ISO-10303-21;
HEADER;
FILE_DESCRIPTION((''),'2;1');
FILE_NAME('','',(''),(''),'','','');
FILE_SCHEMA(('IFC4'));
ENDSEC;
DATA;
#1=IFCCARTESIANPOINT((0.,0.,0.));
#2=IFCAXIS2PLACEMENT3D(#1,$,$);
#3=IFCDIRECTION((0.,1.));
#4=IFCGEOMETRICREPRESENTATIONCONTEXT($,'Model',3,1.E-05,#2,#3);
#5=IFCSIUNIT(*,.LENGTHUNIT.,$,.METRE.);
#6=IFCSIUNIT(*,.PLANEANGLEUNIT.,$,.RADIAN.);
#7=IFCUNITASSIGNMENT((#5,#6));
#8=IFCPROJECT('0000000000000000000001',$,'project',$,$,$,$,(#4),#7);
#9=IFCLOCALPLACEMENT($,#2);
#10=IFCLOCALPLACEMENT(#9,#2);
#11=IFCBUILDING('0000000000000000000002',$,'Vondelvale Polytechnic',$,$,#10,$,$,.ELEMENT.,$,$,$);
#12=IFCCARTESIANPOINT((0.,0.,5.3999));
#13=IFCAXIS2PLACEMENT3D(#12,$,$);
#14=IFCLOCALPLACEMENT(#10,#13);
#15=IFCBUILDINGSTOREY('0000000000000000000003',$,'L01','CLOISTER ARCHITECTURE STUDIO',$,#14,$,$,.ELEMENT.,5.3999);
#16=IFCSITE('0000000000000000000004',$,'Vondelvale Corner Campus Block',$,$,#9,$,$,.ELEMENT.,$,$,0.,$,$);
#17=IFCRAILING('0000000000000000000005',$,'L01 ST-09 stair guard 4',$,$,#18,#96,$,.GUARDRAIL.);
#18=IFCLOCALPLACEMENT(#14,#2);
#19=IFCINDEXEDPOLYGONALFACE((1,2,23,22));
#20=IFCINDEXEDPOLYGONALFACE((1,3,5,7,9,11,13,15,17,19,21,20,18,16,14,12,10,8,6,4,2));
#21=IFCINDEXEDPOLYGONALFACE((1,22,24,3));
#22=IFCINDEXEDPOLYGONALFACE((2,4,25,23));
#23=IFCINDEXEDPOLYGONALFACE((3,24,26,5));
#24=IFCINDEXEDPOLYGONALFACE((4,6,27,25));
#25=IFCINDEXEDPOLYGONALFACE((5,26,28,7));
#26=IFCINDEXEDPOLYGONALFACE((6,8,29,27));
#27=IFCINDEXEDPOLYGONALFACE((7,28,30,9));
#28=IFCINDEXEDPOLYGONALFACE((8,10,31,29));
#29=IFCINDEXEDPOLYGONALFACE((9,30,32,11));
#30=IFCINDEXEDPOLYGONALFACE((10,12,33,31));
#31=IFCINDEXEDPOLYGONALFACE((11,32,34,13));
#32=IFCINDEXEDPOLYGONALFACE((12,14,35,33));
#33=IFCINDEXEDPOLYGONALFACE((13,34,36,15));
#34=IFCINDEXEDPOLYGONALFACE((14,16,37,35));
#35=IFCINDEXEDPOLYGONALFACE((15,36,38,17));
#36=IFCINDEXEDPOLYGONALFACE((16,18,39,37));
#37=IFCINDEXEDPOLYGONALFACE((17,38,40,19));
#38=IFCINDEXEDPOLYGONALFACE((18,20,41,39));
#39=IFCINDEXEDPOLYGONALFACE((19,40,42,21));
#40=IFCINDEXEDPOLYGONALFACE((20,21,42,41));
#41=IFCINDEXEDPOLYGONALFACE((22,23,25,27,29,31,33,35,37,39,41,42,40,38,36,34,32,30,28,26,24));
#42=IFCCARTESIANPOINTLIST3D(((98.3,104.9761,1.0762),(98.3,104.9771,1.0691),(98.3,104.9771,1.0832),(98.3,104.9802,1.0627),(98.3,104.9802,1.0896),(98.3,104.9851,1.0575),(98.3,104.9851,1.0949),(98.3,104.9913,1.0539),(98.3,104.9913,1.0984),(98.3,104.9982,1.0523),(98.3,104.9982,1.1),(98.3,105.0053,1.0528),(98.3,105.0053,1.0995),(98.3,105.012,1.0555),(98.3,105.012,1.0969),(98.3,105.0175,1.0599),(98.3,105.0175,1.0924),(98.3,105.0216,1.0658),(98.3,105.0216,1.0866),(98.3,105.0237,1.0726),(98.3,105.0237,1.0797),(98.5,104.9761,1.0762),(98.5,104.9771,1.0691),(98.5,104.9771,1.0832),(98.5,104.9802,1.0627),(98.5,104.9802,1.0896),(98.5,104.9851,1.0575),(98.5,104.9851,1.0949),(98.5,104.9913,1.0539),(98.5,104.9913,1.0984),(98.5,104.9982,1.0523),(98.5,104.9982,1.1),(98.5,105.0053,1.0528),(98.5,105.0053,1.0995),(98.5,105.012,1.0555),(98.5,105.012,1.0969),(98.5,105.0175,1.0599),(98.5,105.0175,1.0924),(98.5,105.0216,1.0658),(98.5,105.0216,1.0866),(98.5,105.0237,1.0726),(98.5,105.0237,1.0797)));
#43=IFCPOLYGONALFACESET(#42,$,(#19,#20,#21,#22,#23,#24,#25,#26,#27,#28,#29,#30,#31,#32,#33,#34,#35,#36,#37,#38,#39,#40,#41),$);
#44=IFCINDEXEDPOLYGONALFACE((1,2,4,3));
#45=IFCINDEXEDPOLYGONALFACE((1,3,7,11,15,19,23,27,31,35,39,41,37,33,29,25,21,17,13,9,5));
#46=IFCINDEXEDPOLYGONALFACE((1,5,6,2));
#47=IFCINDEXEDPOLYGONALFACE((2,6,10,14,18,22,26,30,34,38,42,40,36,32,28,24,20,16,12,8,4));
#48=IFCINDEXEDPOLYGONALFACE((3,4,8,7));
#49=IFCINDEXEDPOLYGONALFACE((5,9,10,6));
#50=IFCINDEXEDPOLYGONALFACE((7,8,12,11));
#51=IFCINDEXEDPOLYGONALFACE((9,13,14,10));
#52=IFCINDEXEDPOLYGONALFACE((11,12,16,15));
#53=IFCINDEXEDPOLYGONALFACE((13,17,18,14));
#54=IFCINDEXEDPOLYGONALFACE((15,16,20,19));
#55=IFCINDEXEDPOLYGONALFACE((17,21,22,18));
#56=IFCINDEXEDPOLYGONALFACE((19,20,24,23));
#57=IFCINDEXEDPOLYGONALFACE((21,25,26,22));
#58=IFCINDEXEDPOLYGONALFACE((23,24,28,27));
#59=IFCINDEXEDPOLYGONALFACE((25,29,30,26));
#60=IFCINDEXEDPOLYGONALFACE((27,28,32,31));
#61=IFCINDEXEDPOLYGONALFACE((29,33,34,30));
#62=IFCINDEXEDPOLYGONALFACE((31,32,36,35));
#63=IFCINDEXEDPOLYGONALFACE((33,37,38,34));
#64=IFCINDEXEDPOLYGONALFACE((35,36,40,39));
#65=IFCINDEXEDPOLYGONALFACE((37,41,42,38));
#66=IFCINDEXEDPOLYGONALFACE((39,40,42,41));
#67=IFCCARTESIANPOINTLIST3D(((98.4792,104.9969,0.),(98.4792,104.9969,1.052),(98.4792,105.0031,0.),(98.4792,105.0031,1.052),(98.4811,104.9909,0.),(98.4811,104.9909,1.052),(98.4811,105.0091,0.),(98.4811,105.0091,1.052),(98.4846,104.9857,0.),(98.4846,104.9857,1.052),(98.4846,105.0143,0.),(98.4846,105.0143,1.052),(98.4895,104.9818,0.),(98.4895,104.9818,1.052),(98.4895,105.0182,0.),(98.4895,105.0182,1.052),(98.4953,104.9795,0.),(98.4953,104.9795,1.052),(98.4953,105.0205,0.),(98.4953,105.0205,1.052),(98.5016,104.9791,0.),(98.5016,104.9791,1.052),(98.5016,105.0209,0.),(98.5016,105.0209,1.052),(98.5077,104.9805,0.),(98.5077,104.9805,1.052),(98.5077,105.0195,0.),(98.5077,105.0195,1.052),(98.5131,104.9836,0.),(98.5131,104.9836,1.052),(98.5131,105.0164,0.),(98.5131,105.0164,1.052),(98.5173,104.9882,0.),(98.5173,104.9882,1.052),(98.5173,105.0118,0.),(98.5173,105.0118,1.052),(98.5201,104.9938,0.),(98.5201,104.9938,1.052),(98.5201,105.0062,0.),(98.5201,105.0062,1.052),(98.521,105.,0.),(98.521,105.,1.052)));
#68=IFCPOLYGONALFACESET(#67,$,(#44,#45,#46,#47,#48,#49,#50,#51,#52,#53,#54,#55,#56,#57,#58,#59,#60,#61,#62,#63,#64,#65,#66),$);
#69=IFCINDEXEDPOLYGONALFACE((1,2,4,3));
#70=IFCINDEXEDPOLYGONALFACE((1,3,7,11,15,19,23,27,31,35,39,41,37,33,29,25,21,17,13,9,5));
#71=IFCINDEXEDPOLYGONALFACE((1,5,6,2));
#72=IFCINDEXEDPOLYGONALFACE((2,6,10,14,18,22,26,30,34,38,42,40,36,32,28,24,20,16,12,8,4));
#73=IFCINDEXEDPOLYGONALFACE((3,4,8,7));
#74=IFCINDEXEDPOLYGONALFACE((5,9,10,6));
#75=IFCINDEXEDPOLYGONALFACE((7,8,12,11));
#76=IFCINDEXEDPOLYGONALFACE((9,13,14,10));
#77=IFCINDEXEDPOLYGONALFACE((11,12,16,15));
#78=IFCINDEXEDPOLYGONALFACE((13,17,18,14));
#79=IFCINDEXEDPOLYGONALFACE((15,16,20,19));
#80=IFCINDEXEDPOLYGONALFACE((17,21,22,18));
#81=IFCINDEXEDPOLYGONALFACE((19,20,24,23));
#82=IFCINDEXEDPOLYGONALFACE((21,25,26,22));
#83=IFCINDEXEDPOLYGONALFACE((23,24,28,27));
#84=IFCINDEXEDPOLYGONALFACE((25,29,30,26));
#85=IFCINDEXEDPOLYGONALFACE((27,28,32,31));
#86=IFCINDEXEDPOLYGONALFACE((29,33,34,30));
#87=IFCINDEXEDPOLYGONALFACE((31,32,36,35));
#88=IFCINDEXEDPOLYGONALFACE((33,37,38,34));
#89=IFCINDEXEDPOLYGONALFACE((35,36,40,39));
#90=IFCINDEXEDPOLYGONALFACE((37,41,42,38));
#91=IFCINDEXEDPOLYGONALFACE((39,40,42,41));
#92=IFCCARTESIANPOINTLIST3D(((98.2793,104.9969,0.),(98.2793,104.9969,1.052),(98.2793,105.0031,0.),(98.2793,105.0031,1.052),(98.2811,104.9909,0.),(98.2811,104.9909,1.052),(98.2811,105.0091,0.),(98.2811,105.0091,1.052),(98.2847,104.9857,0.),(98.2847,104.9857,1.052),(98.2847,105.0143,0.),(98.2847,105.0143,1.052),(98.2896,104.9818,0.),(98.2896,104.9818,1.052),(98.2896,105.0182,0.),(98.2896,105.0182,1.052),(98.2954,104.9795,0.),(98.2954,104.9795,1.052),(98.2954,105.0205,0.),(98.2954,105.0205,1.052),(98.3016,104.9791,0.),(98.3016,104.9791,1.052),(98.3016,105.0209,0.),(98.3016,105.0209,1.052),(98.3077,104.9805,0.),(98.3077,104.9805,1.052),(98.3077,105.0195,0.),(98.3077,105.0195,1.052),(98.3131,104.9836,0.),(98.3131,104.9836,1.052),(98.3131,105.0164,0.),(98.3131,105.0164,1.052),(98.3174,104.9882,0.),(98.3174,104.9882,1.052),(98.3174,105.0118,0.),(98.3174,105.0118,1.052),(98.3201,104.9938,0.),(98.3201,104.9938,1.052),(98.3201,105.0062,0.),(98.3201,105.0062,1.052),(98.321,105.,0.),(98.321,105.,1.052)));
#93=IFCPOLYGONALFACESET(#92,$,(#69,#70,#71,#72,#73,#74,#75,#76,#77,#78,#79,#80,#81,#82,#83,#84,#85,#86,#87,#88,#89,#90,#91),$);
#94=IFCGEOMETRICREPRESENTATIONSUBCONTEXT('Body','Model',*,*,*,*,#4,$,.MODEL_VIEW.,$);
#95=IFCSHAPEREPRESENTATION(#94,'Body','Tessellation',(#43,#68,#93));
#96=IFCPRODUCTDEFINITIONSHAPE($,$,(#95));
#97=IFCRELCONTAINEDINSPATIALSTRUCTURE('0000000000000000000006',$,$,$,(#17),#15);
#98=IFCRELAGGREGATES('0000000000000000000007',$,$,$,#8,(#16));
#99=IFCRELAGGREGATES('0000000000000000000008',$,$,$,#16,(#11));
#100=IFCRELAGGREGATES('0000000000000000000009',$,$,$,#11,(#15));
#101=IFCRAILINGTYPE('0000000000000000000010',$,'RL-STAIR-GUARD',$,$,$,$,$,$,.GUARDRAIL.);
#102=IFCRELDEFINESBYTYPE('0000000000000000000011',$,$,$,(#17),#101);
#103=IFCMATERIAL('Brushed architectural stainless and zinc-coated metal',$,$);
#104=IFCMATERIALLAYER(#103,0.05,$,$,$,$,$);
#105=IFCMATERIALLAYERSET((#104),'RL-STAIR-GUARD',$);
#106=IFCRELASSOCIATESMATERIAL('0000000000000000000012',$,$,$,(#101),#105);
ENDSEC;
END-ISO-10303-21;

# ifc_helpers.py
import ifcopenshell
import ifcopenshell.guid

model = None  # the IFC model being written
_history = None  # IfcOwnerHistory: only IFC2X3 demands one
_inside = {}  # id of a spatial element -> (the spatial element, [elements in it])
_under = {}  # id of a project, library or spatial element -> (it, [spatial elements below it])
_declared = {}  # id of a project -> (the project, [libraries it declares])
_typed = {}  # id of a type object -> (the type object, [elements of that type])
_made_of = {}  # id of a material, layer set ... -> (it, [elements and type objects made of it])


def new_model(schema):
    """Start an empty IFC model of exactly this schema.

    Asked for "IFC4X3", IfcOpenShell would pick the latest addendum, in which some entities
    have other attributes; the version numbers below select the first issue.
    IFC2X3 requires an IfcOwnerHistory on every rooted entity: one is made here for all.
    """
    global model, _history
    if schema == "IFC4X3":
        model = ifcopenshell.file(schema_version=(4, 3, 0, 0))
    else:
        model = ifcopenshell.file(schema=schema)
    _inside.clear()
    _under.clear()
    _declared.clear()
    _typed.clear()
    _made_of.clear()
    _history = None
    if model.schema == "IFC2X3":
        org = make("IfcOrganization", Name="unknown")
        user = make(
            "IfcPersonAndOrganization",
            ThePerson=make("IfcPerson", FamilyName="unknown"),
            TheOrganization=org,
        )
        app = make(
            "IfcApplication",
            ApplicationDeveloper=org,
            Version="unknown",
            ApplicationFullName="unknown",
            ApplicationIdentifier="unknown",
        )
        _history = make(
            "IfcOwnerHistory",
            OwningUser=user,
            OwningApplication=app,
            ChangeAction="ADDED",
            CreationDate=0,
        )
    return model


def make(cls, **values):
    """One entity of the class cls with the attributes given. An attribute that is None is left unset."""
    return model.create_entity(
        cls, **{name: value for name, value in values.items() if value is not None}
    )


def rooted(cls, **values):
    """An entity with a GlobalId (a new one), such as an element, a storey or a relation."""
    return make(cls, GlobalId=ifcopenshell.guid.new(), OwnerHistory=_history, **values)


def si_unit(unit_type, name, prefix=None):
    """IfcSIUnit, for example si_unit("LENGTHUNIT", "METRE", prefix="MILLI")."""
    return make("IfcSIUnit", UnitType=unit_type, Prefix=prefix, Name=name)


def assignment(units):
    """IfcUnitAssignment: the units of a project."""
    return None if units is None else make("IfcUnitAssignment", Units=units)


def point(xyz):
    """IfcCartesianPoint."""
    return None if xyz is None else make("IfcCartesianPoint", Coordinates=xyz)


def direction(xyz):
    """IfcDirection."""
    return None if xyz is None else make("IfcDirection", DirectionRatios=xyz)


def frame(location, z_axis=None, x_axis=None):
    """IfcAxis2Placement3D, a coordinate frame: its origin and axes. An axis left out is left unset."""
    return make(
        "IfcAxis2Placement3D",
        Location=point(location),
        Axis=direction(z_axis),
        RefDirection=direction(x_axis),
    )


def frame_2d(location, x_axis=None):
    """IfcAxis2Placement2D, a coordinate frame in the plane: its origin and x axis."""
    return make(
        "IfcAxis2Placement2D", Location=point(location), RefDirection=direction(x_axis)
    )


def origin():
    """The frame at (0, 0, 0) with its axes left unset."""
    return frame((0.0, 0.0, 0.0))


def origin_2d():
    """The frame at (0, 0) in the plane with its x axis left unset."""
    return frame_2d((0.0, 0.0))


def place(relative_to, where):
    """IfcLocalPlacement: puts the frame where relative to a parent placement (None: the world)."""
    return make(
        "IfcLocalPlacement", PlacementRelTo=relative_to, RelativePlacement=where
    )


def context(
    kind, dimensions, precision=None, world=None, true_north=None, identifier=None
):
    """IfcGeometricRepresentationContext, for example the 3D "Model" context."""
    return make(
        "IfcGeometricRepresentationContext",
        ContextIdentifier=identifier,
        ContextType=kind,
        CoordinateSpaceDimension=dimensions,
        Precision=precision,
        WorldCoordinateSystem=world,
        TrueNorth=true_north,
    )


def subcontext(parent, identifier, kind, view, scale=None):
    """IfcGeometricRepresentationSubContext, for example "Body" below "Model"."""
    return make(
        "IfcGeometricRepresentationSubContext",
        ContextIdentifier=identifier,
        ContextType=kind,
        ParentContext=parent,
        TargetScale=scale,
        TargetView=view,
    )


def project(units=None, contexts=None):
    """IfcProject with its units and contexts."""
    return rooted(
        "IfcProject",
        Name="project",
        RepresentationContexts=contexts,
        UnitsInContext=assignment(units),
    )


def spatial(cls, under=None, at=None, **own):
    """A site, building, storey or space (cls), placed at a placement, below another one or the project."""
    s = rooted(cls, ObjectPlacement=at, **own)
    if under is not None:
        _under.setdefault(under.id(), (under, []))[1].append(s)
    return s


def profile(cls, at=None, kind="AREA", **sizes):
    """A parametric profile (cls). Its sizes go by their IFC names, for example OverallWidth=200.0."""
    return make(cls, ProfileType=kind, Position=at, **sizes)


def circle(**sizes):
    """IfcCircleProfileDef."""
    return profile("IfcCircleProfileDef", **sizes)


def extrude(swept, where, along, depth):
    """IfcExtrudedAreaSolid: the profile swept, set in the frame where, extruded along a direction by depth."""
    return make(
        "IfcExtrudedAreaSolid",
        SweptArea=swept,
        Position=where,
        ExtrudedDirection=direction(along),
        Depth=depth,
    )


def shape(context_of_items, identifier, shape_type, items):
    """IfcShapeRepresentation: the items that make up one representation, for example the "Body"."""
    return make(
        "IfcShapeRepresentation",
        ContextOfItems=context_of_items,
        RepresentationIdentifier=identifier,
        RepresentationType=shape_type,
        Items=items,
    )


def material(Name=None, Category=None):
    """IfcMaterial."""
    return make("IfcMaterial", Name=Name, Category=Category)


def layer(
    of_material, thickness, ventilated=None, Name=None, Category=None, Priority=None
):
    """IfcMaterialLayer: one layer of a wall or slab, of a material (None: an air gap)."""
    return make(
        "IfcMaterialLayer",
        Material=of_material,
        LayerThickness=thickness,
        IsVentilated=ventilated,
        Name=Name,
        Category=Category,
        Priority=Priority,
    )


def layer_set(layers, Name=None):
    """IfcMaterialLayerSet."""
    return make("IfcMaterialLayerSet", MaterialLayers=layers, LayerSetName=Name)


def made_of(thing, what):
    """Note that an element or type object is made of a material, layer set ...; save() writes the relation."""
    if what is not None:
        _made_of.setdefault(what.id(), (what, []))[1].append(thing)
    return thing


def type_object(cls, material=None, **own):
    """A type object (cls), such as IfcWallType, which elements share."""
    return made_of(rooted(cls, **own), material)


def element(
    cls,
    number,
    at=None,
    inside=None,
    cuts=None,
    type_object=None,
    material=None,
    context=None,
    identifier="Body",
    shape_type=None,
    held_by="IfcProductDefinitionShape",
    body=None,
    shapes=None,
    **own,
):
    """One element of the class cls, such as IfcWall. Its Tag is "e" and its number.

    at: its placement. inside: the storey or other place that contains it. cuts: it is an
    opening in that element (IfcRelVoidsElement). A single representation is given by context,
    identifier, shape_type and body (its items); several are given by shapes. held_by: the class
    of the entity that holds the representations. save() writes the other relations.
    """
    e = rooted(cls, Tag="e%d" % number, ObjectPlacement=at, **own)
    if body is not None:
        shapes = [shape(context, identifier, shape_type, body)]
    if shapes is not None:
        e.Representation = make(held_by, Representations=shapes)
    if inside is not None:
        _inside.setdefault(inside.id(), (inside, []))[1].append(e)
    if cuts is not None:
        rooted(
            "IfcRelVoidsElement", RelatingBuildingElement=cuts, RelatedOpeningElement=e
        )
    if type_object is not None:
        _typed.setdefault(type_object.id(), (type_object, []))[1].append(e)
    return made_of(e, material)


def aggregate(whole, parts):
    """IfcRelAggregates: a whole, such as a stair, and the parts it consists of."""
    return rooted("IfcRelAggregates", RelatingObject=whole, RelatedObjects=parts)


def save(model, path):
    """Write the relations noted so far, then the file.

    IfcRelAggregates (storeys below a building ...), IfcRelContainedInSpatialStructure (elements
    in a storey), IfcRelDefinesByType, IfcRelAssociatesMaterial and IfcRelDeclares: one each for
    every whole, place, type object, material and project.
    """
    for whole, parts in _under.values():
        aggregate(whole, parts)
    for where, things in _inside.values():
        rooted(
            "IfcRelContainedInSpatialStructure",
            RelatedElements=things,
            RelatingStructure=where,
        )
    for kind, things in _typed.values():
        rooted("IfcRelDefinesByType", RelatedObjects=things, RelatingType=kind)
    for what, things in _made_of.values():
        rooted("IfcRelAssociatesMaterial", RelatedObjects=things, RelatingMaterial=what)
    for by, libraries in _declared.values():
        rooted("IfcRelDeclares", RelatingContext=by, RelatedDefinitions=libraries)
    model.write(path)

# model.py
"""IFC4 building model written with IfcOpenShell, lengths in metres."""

from ifc_helpers import new_model, si_unit, direction, frame, origin, origin_2d, place, context, subcontext, project, spatial, circle, extrude, material, layer, layer_set, type_object, element, save


model = new_model("IFC4")

# Units and contexts
model_context = context("Model", 3, precision=1e-05, world=origin(), true_north=direction((0.0, 1.0)))
body_context = subcontext(model_context, "Body", "Model", "MODEL_VIEW")
ifc_project = project(units=[si_unit("LENGTHUNIT", "METRE"), si_unit("PLANEANGLEUNIT", "RADIAN")], contexts=[model_context])

# Site, building, storey
site_placement = place(None, origin())
site = spatial("IfcSite", under=ifc_project, at=site_placement, Name="Vondelvale Corner Campus Block", CompositionType="ELEMENT", RefElevation=0.0)
building_placement = place(site_placement, origin())
building = spatial("IfcBuilding", under=site, at=building_placement, Name="Vondelvale Polytechnic", CompositionType="ELEMENT")
storey_placement = place(building_placement, frame((0.0, 0.0, 5.3999)))
storey = spatial("IfcBuildingStorey", under=building, at=storey_placement, Name="L01", Description="CLOISTER ARCHITECTURE STUDIO", CompositionType="ELEMENT", Elevation=5.3999)

# Railing
ifc_material_1 = material(Name="Brushed architectural stainless and zinc-coated metal")
ifc_layer_1 = layer(ifc_material_1, 0.05)
ifc_layer_set_1 = layer_set([ifc_layer_1], Name="RL-STAIR-GUARD")
railing_type_1 = type_object("IfcRailingType", Name="RL-STAIR-GUARD", PredefinedType="GUARDRAIL", material=ifc_layer_set_1)
railing_1_placement = place(storey_placement, frame((98.5, 105.0, 0.0)))
element("IfcRailing", 1, at=railing_1_placement, inside=storey, type_object=railing_type_1, Name="L01 ST-09 stair guard 4", PredefinedType="GUARDRAIL", context=body_context, shape_type="SweptSolid", body=[
    extrude(circle(Radius=0.0239, at=origin_2d()), frame((0.0, 0.0, 1.0762), z_axis=(-1.0, 0.0, 0.0), x_axis=(0.0, -1.0, 0.0)), (0.0, 0.0, 1.0), 0.2),
    extrude(circle(Radius=0.021, at=origin_2d()), origin(), (0.0, 0.0, 1.0), 1.052),
    extrude(circle(Radius=0.021, at=origin_2d()), frame((-0.2, 0.0, 0.0)), (0.0, 0.0, 1.0), 1.052),
])

save(model, "model.ifc")
